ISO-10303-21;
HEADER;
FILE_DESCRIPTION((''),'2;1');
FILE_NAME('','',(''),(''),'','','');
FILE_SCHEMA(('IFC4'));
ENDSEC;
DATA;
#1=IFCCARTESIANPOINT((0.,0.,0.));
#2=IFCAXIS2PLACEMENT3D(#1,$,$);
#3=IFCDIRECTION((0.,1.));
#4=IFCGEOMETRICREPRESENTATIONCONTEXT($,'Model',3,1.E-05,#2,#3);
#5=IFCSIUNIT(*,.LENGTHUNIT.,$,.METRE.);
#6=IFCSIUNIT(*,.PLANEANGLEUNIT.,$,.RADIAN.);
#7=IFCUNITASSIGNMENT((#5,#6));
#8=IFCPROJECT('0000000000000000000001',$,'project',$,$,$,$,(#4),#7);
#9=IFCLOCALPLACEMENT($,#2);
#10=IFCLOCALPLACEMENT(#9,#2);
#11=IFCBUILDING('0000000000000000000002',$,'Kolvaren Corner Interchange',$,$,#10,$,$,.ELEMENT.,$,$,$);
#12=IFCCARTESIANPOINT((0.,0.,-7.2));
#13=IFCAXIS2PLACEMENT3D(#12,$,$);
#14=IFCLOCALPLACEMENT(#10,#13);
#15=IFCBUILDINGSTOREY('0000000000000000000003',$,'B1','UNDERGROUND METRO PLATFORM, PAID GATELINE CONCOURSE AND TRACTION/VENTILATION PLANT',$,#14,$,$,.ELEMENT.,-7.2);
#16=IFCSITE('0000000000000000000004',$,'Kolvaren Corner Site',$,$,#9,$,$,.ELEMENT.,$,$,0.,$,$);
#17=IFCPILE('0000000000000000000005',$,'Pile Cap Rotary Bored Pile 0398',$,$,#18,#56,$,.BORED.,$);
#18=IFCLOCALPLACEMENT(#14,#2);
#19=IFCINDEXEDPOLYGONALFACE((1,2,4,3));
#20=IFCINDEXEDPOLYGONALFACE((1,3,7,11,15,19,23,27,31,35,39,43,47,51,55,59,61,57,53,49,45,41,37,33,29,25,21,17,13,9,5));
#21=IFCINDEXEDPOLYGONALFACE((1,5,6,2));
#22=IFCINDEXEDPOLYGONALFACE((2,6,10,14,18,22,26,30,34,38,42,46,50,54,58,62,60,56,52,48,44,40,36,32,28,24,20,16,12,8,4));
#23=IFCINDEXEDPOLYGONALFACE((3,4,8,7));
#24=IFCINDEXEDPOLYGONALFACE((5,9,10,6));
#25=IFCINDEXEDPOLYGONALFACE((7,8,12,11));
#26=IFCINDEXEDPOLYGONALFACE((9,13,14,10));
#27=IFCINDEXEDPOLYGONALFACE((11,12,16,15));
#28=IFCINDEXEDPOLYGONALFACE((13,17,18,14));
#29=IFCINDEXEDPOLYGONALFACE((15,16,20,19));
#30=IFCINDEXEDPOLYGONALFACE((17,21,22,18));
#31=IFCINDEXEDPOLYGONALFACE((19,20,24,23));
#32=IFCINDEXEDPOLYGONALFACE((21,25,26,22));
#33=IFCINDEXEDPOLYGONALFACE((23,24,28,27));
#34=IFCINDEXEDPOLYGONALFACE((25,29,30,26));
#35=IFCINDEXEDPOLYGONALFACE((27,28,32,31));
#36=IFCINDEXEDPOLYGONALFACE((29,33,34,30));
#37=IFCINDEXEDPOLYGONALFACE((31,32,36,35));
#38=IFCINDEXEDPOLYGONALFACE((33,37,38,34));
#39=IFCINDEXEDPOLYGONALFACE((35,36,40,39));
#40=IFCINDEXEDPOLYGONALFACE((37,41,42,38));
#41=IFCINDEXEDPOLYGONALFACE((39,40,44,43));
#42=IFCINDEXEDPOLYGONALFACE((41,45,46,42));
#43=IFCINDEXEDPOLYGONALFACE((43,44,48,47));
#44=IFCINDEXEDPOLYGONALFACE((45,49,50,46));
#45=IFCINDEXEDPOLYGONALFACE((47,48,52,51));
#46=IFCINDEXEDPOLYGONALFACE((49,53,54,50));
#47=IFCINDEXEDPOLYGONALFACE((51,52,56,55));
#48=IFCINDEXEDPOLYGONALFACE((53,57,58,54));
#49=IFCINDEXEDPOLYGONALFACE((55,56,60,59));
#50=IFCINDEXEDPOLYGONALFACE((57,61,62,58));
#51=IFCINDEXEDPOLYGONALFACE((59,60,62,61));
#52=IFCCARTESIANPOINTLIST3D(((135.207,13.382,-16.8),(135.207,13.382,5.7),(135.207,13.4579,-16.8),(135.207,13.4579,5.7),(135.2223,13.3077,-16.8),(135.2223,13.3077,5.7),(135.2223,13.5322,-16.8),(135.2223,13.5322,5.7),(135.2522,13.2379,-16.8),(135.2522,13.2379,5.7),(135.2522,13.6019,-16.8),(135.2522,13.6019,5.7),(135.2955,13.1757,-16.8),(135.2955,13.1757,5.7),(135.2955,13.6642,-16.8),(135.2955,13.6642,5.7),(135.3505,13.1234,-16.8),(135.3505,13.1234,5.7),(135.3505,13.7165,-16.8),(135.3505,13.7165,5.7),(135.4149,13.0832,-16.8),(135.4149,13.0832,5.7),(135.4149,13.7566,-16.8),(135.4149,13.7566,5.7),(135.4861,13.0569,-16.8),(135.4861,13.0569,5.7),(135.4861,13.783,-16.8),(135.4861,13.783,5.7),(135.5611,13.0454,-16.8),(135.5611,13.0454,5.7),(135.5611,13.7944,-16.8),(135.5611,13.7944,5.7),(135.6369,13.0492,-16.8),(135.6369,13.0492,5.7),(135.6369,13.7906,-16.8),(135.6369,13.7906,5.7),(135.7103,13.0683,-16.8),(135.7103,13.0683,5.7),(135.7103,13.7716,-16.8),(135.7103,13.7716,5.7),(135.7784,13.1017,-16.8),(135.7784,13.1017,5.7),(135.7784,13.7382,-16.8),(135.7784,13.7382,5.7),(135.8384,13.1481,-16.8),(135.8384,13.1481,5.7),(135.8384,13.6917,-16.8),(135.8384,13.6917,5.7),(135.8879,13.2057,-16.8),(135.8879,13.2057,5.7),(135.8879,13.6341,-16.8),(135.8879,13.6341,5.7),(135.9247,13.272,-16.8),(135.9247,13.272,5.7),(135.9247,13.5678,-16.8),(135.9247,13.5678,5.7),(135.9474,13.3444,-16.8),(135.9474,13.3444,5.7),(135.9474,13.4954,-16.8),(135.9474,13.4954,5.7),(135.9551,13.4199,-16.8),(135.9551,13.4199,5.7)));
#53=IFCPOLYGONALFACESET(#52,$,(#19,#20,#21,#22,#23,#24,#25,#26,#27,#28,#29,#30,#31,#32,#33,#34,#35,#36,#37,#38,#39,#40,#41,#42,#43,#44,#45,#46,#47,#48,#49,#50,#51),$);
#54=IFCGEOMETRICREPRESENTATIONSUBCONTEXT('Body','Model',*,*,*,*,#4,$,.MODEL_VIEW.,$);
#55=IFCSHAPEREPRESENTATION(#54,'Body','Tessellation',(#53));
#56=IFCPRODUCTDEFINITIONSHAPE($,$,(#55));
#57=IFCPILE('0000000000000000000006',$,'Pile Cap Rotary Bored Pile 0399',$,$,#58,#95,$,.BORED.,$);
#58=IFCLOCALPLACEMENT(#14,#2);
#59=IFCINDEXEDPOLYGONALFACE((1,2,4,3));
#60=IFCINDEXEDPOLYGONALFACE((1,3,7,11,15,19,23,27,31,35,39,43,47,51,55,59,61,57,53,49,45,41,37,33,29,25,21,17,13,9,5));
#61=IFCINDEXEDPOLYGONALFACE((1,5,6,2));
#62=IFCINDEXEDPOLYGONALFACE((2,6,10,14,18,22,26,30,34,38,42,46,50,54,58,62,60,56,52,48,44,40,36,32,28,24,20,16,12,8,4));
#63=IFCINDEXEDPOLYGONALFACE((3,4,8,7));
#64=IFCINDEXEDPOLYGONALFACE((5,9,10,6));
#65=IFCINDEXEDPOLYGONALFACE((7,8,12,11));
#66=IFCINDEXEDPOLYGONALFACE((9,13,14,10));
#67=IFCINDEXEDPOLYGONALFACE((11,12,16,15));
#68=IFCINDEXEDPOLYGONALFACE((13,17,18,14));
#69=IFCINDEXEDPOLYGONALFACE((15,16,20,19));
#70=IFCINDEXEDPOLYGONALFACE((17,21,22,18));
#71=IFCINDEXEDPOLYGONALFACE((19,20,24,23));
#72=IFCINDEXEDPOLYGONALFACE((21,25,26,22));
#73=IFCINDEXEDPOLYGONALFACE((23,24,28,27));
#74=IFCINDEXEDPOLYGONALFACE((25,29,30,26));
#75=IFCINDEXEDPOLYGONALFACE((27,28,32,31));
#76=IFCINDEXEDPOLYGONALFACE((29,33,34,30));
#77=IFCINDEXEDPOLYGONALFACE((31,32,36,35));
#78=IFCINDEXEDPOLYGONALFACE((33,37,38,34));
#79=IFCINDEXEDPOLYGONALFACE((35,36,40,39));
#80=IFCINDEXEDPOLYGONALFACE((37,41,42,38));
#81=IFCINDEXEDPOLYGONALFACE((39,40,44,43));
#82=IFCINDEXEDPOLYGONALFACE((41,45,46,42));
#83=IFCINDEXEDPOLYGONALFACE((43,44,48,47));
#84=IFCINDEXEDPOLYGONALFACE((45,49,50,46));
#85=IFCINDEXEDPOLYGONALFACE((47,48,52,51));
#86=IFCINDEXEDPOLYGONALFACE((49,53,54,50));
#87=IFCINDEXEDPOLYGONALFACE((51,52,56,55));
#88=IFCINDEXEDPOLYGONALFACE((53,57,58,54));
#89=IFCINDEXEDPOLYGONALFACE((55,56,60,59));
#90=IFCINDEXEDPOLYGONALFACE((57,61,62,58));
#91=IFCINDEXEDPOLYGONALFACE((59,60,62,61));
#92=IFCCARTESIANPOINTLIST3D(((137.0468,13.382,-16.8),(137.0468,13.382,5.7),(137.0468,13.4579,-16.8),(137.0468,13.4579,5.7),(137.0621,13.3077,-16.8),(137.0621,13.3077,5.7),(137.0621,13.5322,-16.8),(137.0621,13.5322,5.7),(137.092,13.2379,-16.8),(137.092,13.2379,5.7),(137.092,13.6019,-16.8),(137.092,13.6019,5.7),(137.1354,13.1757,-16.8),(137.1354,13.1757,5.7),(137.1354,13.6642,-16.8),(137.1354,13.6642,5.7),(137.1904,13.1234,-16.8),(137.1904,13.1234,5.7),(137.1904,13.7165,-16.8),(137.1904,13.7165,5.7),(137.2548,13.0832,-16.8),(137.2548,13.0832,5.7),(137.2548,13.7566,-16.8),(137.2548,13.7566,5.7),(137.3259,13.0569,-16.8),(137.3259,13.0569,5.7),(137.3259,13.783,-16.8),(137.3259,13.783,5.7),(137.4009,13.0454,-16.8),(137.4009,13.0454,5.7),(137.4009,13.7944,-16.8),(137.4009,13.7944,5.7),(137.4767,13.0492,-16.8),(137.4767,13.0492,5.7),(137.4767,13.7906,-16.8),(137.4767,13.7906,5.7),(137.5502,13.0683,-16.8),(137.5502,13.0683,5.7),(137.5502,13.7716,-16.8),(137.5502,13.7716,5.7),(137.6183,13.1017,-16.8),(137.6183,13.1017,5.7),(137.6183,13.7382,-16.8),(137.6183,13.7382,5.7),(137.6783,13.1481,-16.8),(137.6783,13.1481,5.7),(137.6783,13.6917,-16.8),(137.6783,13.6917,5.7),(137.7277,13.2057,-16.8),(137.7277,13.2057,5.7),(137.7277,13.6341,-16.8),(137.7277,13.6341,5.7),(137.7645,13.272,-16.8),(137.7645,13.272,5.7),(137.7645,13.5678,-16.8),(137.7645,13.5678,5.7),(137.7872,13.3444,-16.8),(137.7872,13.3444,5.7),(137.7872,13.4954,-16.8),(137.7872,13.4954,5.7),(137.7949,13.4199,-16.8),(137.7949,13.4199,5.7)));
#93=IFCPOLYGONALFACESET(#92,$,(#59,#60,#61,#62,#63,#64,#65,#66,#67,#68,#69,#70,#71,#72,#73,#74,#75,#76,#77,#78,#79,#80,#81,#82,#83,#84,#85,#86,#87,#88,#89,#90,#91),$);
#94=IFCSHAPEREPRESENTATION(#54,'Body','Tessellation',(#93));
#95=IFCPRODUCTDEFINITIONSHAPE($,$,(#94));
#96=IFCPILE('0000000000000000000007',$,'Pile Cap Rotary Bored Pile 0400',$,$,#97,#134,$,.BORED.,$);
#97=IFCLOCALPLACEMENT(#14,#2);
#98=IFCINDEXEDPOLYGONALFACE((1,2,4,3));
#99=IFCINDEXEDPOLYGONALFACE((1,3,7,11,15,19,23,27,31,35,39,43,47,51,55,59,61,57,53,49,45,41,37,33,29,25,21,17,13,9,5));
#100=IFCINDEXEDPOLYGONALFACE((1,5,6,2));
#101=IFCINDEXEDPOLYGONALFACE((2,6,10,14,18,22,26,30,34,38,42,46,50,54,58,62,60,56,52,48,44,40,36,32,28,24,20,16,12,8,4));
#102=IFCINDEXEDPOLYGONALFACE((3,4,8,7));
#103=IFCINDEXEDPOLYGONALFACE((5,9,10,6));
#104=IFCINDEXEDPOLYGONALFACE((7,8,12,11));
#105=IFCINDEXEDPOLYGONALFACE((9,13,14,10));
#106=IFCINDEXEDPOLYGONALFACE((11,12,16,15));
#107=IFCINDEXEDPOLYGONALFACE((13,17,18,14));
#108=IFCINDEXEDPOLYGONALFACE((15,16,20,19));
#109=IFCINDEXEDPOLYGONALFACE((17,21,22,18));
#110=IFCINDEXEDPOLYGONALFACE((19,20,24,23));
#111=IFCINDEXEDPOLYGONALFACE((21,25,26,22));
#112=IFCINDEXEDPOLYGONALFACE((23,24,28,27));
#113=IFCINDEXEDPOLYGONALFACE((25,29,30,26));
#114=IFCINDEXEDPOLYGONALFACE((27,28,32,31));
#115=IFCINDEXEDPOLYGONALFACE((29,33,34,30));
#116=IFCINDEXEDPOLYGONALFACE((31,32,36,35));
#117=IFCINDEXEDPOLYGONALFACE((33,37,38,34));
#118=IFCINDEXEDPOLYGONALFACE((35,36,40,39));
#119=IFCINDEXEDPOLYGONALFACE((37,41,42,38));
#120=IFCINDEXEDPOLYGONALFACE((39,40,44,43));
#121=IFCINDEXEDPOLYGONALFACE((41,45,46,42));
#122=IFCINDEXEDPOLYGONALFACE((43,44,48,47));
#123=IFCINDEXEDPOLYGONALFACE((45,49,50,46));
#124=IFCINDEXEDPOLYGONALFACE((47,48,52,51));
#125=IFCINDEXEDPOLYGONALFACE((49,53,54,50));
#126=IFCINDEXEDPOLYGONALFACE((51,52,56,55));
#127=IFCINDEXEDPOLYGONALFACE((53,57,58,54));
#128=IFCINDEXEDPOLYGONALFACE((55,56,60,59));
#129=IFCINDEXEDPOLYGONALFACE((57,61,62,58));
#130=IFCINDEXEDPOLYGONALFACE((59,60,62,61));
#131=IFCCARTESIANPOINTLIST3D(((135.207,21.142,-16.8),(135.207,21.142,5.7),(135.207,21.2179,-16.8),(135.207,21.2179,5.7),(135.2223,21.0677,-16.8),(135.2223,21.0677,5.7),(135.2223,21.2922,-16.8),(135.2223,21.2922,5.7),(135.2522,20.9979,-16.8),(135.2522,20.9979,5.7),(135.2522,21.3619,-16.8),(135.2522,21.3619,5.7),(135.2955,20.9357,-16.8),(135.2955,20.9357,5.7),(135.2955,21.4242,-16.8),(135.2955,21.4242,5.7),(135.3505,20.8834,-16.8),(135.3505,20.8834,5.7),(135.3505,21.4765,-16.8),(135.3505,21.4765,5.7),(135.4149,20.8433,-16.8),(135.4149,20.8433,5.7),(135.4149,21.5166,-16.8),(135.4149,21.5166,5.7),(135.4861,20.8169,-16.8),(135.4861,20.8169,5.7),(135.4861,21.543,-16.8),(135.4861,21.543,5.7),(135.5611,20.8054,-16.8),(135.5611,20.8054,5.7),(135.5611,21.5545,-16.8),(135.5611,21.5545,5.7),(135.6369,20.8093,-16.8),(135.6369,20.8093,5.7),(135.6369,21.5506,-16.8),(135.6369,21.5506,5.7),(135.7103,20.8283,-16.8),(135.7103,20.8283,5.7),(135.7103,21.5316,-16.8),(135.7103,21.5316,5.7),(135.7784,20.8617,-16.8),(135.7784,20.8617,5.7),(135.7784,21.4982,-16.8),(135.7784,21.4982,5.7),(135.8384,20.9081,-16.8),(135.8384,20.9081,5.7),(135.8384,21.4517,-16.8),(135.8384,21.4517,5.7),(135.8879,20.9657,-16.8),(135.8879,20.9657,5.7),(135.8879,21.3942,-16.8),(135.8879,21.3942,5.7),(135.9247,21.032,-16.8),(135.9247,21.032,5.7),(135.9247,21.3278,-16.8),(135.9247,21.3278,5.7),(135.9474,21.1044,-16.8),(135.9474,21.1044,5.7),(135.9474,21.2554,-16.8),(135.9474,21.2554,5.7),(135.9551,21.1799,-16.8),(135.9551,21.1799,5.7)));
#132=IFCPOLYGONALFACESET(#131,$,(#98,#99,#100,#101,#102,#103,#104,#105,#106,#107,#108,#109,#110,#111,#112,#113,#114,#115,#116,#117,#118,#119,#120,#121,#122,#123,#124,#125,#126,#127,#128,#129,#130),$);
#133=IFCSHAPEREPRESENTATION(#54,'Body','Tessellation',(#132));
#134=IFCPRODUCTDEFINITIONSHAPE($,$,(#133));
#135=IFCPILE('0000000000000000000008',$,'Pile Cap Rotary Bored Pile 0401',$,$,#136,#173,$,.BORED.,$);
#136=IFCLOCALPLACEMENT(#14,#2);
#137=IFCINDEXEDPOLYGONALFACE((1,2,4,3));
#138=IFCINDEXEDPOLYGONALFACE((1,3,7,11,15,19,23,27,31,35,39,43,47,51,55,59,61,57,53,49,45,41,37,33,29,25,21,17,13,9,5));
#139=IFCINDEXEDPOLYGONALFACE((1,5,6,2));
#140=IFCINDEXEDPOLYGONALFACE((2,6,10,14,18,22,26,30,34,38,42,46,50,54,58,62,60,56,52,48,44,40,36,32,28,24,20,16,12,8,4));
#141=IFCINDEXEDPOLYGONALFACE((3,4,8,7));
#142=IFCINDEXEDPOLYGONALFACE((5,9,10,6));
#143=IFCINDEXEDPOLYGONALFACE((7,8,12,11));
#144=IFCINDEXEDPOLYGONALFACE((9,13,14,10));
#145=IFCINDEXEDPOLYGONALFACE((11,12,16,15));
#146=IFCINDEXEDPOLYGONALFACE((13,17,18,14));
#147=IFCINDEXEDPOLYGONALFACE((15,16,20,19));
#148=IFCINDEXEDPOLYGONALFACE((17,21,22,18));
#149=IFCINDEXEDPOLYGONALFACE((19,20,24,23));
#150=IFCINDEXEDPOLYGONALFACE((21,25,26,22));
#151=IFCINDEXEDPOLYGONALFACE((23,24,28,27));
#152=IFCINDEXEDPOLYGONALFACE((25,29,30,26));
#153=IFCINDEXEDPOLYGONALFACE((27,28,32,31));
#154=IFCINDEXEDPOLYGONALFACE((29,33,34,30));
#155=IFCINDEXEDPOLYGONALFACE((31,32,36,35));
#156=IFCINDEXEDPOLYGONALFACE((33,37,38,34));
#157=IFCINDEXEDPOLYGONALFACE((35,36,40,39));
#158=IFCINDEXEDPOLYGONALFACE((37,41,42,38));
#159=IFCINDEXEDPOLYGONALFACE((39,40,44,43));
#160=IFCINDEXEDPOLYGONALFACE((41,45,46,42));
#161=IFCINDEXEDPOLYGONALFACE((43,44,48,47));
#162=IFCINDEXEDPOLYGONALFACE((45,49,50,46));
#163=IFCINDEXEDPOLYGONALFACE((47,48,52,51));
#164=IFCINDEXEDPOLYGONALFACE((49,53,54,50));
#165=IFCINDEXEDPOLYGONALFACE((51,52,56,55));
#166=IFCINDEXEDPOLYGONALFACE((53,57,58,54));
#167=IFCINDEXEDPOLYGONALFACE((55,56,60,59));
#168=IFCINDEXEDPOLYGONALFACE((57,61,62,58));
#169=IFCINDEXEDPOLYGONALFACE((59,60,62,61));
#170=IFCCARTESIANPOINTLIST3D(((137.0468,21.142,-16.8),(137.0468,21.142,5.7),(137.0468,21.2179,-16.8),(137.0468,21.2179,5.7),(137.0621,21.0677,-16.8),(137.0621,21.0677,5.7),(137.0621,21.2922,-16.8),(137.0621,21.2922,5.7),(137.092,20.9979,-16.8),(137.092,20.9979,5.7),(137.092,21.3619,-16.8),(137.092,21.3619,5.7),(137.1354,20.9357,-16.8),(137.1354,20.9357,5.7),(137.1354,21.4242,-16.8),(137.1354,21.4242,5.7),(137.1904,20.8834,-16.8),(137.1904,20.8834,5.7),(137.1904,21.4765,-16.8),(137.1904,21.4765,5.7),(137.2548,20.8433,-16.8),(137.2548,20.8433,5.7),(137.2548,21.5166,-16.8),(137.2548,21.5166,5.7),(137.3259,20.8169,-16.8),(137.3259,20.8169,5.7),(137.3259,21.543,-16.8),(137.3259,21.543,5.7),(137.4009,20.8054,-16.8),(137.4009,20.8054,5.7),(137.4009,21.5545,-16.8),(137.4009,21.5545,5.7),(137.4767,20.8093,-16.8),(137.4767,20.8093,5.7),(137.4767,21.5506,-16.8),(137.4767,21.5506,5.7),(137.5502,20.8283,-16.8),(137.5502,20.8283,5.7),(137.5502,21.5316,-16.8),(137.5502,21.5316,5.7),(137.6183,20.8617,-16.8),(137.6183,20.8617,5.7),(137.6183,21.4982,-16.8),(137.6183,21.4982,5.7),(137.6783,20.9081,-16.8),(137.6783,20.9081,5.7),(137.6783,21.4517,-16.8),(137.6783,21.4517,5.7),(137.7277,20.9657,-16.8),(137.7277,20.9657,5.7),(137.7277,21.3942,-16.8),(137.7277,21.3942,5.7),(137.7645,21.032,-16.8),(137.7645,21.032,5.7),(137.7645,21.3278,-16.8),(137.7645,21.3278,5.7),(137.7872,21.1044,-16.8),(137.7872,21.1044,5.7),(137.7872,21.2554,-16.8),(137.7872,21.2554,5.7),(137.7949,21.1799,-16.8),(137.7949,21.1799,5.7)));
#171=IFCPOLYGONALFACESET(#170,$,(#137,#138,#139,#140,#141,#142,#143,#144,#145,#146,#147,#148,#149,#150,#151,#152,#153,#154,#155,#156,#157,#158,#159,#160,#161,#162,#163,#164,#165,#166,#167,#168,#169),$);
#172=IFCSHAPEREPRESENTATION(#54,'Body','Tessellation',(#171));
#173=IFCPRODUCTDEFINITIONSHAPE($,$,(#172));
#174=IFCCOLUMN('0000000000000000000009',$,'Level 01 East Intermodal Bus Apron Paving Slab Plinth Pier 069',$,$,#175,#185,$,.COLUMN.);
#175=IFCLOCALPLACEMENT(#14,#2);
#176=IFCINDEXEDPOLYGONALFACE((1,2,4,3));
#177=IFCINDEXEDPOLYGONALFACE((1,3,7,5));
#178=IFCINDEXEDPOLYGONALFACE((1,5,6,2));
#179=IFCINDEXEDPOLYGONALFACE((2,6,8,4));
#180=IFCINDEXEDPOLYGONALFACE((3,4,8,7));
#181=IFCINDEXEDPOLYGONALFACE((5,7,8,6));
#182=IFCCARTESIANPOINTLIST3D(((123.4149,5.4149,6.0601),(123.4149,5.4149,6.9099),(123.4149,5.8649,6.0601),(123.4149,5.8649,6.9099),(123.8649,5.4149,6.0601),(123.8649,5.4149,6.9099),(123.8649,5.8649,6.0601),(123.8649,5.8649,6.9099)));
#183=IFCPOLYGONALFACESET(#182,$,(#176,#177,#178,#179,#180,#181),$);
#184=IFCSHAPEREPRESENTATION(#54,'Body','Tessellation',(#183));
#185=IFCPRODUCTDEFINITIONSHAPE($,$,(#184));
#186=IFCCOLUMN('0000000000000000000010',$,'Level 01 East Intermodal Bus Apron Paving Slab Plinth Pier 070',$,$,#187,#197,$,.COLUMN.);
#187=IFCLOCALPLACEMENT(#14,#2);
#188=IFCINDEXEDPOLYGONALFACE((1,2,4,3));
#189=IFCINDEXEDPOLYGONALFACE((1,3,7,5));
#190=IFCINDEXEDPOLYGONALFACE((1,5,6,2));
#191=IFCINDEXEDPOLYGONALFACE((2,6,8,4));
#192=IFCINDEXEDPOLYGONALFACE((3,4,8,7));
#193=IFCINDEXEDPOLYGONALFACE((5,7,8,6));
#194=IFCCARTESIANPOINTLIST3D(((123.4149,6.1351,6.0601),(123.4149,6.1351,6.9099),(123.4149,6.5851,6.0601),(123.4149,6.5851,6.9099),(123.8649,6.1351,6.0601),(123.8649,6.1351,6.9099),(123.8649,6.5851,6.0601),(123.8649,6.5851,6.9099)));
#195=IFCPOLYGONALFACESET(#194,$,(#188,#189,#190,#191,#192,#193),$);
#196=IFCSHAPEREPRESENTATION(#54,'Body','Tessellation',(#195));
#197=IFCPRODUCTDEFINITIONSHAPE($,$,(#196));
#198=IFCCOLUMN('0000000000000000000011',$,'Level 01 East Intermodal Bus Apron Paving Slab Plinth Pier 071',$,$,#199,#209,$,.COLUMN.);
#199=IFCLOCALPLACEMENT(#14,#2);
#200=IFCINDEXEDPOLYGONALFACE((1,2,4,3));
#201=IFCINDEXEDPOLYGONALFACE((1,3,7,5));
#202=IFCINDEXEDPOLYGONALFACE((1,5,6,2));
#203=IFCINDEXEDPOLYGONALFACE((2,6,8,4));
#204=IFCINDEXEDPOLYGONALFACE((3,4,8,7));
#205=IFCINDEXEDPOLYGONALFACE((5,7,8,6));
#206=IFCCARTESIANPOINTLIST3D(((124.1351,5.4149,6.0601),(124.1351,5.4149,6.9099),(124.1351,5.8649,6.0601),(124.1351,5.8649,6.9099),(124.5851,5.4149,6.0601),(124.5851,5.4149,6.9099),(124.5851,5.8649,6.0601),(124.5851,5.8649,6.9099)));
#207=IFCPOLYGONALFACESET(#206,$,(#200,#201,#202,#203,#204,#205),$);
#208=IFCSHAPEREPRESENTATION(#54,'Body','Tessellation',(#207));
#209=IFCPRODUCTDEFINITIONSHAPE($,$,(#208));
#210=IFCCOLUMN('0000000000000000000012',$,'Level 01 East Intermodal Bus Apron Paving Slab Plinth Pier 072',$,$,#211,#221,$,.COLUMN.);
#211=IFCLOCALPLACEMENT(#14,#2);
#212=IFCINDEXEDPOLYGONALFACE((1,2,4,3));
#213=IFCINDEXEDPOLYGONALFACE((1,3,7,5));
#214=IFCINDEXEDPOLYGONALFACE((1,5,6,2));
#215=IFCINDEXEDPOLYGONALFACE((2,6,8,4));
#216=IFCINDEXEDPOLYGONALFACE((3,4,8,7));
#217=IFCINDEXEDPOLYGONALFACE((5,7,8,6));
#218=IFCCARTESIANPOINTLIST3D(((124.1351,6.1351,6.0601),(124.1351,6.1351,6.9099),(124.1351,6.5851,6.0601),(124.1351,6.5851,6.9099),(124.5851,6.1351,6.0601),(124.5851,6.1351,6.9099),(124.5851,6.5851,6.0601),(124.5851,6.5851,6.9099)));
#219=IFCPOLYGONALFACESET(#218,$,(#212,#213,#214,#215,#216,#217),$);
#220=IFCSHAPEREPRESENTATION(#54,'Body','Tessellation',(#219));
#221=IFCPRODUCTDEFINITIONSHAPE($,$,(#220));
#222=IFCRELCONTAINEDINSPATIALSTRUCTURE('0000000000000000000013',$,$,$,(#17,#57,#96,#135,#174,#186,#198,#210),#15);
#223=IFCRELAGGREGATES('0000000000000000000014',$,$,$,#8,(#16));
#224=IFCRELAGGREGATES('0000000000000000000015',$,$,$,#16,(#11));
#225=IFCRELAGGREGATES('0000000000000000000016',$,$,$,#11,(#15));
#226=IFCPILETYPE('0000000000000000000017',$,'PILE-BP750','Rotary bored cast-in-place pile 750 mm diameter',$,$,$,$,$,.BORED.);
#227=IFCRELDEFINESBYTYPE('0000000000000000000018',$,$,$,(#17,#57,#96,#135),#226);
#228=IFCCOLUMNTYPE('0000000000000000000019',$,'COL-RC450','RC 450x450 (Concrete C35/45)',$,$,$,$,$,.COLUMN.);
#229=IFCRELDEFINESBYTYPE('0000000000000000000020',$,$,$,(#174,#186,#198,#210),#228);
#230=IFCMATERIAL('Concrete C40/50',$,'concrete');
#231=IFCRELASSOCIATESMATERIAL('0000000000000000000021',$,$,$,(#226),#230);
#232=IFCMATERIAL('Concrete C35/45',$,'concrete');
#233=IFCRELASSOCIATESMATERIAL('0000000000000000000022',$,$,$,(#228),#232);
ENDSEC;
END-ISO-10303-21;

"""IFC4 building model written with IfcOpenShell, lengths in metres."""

from ifc_helpers import new_model, si_unit, direction, frame, origin, origin_2d, place, context, subcontext, project, spatial, rectangle, circle, extrude, material, material_profile, profile_set, type_object, element, save


model = new_model("IFC4")

# Units and contexts
model_context = context("Model", 3, precision=1e-05, world=origin(), true_north=direction((0.0, 1.0)))
body_context = subcontext(model_context, "Body", "Model", "MODEL_VIEW")
ifc_project = project(units=[si_unit("LENGTHUNIT", "METRE"), si_unit("PLANEANGLEUNIT", "RADIAN")], contexts=[model_context])

# Site, building, storey
site_placement = place(None, origin())
site = spatial("IfcSite", under=ifc_project, at=site_placement, Name="Kolvaren Corner Site", CompositionType="ELEMENT", RefElevation=0.0)
building_placement = place(site_placement, origin())
building = spatial("IfcBuilding", under=site, at=building_placement, Name="Kolvaren Corner Interchange", CompositionType="ELEMENT")
storey_placement = place(building_placement, frame((0.0, 0.0, -7.2)))
storey = spatial("IfcBuildingStorey", under=building, at=storey_placement, Name="B1", Description="UNDERGROUND METRO PLATFORM, PAID GATELINE CONCOURSE AND TRACTION/VENTILATION PLANT", CompositionType="ELEMENT", Elevation=-7.2)

# Piles
ifc_material_1 = material(Name="Concrete C40/50", Category="concrete")
ifc_material_profile_1 = material_profile(ifc_material_1, circle(Radius=0.375, at=origin_2d()), Name="BORED PILE 750")
ifc_profile_set_1 = profile_set([ifc_material_profile_1], Name="Concrete C40/50")
pile_type_1 = type_object("IfcPileType", Name="PILE-BP750", Description="Rotary bored cast-in-place pile 750 mm diameter", PredefinedType="BORED", material=ifc_profile_set_1)
for number, where, z_axis, x_axis, name in (
    (1, (135.5801, 13.4199, 5.7), (0.0, 0.0, -1.0), (1.0, 0.0, 0.0), "Pile Cap Rotary Bored Pile 0398"),
    (2, (137.4199, 13.4199, 5.7), (0.0, 0.0, -1.0), (1.0, 0.0, 0.0), "Pile Cap Rotary Bored Pile 0399"),
    (3, (135.5801, 21.1799, 5.7), (0.0, 0.0, -1.0), (1.0, 0.0, 0.0), "Pile Cap Rotary Bored Pile 0400"),
    (4, (137.4199, 21.1799, 5.7), (0.0, 0.0, -1.0), (1.0, 0.0, 0.0), "Pile Cap Rotary Bored Pile 0401"),
):
    element("IfcPile", number, at=place(storey_placement, frame(where, z_axis=z_axis, x_axis=x_axis)), inside=storey, type_object=pile_type_1, Name=name, PredefinedType="BORED", context=body_context, shape_type="SweptSolid", body=[
        extrude(circle(Radius=0.375, at=origin_2d()), origin(), (0.0, 0.0, 1.0), 22.5),
    ])

# Columns
ifc_material_2 = material(Name="Concrete C35/45", Category="concrete")
ifc_material_profile_2 = material_profile(ifc_material_2, rectangle(XDim=0.45, YDim=0.45, at=origin_2d()), Name="RC 450x450")
ifc_profile_set_2 = profile_set([ifc_material_profile_2], Name="Concrete C35/45")
column_type = type_object("IfcColumnType", Name="COL-RC450", Description="RC 450x450 (Concrete C35/45)", PredefinedType="COLUMN", material=ifc_profile_set_2)
for number, where, z_axis, x_axis, name in (
    (5, (123.6399, 5.6399, 6.0601), (0.0, 0.0, 1.0), (1.0, 0.0, 0.0), "Level 01 East Intermodal Bus Apron Paving Slab Plinth Pier 069"),
    (6, (123.6399, 6.3601, 6.0601), (0.0, 0.0, 1.0), (1.0, 0.0, 0.0), "Level 01 East Intermodal Bus Apron Paving Slab Plinth Pier 070"),
    (7, (124.3601, 5.6399, 6.0601), (0.0, 0.0, 1.0), (1.0, 0.0, 0.0), "Level 01 East Intermodal Bus Apron Paving Slab Plinth Pier 071"),
    (8, (124.3601, 6.3601, 6.0601), (0.0, 0.0, 1.0), (1.0, 0.0, 0.0), "Level 01 East Intermodal Bus Apron Paving Slab Plinth Pier 072"),
):
    element("IfcColumn", number, at=place(storey_placement, frame(where, z_axis=z_axis, x_axis=x_axis)), inside=storey, type_object=column_type, Name=name, PredefinedType="COLUMN", context=body_context, shape_type="SweptSolid", body=[
        extrude(rectangle(XDim=0.45, YDim=0.45, at=origin_2d()), origin(), (0.0, 0.0, 1.0), 0.8499),
    ])

save(model, "model.ifc")
